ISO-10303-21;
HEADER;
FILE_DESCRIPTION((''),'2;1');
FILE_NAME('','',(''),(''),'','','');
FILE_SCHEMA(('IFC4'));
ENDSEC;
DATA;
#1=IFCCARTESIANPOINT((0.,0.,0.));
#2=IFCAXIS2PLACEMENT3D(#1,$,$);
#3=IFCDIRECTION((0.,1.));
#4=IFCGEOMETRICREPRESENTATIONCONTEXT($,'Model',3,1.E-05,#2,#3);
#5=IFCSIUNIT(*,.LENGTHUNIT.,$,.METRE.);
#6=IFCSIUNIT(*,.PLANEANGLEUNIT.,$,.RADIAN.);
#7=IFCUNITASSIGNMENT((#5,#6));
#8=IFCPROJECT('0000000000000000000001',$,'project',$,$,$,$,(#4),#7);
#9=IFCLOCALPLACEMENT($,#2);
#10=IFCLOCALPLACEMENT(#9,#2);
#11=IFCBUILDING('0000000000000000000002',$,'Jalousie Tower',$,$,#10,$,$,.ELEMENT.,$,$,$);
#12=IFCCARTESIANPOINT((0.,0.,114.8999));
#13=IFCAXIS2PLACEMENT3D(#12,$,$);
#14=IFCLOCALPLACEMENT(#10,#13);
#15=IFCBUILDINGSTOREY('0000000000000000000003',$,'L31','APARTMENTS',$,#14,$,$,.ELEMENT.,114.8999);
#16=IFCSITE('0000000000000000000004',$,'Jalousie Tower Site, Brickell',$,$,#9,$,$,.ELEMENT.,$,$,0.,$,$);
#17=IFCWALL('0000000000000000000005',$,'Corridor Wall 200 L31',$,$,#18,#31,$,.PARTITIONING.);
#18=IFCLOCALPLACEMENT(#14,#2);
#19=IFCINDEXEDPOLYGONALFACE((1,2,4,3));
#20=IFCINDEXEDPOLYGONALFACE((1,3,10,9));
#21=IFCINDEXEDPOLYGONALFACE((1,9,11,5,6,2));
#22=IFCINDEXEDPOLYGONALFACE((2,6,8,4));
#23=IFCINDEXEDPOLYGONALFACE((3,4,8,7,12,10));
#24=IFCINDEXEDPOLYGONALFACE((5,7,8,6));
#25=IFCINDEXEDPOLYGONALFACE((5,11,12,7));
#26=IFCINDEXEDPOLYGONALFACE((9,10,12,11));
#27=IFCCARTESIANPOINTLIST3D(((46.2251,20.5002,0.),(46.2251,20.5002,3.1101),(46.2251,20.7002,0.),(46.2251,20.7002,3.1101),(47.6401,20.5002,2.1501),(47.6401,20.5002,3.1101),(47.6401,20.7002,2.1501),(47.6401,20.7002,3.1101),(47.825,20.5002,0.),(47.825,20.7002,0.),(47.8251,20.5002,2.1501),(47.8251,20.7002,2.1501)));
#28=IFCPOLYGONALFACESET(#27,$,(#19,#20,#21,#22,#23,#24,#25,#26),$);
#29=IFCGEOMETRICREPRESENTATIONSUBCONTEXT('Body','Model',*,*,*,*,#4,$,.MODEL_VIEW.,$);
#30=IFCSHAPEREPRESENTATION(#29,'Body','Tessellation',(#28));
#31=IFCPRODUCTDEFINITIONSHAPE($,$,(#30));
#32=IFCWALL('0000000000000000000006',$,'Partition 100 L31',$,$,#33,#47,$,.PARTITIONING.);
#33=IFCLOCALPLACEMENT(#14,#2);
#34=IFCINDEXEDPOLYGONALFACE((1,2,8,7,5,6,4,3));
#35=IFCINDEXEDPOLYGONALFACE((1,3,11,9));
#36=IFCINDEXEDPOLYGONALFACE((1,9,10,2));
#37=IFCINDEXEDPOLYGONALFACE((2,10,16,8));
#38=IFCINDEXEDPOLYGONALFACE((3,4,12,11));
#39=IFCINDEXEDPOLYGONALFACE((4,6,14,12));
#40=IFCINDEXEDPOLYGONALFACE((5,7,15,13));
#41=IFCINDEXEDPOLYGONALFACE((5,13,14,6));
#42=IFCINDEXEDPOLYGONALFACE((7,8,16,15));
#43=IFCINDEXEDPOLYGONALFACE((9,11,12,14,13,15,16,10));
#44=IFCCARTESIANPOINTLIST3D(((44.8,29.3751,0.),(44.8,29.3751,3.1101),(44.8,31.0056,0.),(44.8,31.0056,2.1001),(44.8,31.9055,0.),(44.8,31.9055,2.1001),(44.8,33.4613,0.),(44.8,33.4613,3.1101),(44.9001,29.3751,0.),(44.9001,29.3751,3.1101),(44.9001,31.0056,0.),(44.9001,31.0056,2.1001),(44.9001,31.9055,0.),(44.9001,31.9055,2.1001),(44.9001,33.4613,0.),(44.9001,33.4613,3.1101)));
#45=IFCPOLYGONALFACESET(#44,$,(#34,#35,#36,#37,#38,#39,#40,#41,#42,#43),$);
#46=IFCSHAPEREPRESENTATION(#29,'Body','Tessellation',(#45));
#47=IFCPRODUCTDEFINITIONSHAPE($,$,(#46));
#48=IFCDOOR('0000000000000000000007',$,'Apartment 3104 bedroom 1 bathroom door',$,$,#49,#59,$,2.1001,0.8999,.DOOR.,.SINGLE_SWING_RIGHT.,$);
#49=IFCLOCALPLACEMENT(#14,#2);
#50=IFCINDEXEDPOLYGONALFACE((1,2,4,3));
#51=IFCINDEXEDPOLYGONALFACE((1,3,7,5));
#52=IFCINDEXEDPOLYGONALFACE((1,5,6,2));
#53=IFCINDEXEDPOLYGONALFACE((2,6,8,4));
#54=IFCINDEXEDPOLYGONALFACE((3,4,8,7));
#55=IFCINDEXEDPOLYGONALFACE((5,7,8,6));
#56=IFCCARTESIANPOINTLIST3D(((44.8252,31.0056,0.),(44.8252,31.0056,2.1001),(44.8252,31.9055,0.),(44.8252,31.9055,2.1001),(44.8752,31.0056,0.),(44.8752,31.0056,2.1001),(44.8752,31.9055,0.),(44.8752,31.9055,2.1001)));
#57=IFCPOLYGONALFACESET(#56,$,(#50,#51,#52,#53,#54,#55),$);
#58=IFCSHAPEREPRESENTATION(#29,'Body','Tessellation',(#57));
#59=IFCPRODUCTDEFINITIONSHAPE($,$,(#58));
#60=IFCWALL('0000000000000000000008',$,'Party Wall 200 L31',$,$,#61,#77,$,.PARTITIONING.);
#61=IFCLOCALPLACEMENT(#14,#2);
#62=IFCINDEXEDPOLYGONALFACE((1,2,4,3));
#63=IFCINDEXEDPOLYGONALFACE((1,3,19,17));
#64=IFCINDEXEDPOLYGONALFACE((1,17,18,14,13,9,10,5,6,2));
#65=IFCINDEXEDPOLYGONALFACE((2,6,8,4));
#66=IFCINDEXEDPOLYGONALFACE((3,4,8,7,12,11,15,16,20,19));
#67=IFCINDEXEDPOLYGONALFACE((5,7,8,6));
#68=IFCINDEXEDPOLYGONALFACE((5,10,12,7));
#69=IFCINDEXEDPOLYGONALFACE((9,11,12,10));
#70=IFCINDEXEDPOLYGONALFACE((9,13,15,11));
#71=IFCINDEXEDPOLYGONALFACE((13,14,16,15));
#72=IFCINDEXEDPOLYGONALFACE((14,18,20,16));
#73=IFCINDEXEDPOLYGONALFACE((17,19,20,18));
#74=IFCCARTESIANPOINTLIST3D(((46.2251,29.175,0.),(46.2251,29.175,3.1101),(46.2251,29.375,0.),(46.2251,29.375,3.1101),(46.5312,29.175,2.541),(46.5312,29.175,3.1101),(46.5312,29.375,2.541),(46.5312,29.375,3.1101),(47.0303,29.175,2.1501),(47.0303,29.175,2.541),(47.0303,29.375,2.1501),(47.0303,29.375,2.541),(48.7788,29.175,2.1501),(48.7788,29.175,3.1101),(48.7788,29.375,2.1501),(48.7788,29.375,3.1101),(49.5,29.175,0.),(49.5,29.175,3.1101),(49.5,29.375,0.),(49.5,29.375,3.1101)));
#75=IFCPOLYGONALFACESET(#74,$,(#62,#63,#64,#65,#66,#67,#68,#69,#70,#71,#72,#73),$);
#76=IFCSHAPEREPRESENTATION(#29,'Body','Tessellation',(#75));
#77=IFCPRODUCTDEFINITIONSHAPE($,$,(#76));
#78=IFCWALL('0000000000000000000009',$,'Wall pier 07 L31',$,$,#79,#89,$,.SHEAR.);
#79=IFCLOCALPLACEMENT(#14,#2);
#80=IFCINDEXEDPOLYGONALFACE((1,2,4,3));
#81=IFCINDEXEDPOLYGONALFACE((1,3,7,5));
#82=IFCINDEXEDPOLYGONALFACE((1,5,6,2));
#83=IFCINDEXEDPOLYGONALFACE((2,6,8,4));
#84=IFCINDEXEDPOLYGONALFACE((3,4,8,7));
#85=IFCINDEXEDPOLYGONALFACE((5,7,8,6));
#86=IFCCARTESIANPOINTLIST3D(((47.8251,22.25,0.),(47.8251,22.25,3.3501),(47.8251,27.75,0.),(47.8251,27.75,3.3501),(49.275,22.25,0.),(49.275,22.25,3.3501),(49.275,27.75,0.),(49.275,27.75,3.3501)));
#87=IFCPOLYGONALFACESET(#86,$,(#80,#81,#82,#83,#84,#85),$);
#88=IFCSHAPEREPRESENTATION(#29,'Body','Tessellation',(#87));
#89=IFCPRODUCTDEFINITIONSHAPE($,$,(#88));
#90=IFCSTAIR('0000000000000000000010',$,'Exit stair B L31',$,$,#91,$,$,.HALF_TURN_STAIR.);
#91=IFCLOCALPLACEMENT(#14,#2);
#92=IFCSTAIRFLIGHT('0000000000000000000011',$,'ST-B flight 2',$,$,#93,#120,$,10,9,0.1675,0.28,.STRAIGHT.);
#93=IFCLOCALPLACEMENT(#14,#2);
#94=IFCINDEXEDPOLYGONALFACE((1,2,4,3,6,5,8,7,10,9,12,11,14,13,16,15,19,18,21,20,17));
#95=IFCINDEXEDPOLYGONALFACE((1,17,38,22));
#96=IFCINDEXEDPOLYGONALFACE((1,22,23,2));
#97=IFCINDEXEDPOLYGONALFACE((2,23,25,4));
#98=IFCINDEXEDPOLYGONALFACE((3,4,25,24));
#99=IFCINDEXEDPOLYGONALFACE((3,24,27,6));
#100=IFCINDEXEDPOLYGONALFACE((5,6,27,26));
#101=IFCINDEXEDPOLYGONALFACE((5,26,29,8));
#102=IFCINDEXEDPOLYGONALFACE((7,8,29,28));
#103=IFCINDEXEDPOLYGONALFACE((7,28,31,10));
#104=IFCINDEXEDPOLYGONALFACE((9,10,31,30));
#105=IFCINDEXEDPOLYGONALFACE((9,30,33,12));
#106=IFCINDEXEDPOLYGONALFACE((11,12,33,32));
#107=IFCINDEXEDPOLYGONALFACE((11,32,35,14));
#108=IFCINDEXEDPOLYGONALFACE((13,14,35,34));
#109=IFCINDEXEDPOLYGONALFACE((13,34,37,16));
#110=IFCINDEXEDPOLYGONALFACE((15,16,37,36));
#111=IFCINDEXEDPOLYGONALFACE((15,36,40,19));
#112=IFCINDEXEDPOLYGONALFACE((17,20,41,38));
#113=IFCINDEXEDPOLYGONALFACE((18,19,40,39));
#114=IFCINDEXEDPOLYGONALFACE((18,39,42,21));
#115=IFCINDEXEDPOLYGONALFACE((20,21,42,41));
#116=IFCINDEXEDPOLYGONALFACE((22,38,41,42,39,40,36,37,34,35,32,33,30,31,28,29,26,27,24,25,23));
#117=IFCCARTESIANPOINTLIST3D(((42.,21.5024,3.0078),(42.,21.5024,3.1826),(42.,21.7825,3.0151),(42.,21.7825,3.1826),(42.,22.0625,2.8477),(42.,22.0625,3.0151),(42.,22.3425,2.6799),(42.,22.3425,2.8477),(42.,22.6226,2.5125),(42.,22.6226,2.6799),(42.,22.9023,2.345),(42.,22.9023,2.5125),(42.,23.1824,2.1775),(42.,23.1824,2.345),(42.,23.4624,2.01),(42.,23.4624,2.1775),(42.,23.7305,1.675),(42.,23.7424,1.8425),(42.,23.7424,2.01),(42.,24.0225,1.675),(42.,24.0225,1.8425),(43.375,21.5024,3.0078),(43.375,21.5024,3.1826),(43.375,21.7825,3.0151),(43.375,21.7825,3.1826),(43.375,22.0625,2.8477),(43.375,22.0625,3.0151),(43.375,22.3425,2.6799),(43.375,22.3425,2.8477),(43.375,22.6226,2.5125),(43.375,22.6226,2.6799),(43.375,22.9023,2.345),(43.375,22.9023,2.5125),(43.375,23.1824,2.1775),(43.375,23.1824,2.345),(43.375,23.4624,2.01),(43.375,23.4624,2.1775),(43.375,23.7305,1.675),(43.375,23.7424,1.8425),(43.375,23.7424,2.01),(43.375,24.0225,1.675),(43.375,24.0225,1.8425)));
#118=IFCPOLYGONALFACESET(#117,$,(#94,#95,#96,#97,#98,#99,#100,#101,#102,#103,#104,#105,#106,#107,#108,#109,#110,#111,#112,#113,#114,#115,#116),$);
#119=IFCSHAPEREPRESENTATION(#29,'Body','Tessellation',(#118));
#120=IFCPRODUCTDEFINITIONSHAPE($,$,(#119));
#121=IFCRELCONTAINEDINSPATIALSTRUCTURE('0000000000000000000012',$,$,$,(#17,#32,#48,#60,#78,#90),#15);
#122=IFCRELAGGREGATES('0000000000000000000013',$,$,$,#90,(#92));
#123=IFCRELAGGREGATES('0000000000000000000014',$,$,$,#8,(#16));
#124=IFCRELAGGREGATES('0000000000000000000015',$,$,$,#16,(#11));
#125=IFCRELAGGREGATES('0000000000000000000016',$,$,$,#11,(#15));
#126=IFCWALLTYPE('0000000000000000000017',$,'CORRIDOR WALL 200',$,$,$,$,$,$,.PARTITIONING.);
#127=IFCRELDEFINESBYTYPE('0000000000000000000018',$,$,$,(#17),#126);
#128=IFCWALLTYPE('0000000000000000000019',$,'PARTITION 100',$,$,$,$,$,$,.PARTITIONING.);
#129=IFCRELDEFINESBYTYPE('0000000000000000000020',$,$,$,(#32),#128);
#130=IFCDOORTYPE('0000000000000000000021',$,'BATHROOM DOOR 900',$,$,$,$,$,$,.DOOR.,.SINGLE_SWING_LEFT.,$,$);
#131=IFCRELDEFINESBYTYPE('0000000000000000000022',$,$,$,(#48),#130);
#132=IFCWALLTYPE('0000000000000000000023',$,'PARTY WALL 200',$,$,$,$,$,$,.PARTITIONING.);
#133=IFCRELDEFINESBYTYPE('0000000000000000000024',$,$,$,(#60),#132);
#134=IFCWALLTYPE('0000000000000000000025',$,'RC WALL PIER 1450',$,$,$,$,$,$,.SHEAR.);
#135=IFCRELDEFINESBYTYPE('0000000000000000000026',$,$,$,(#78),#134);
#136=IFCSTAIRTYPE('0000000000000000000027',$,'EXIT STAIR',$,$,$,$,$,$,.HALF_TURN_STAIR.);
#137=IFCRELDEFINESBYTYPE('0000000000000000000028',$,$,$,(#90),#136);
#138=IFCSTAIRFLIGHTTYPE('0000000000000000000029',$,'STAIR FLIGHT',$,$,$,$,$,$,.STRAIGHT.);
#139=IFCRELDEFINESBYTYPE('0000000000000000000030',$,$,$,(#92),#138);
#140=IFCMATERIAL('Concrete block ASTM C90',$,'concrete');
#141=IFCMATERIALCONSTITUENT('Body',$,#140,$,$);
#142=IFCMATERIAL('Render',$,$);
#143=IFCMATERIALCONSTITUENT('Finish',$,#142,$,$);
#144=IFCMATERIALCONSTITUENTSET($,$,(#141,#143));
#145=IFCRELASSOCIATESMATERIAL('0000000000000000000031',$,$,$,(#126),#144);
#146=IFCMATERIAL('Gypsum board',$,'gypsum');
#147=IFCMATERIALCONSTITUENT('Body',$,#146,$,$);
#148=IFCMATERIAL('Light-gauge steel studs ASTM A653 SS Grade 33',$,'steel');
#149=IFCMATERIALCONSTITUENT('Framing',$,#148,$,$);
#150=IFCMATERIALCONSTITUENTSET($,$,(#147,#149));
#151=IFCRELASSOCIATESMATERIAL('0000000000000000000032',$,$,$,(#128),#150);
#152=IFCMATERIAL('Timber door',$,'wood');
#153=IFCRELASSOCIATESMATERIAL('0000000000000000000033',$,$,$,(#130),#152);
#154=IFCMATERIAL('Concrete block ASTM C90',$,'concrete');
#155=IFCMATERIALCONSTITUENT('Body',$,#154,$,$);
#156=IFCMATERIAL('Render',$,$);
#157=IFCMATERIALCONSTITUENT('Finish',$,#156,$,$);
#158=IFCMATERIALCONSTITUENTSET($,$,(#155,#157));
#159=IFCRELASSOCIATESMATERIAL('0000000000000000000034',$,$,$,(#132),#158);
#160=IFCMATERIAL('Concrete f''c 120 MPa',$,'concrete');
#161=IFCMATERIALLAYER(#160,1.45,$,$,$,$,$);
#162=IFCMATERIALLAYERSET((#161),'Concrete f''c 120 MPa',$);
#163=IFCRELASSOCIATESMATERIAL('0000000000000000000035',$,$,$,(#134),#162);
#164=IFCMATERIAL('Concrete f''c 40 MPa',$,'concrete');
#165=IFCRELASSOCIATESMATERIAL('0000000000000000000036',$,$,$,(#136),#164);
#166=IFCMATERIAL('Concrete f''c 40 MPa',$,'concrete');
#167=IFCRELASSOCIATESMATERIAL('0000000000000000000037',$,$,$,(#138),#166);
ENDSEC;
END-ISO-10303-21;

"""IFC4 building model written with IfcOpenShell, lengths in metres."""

from ifc_helpers import new_model, si_unit, direction, frame, frame_2d, origin, place, context, subcontext, project, spatial, polyline, rectangle, outline, extrude, material, layer, layer_set, constituent, constituent_set, type_object, element, fill, aggregate, save


model = new_model("IFC4")

# Units and contexts
model_context = context("Model", 3, precision=1e-05, world=origin(), true_north=direction((0.0, 1.0)))
body_context = subcontext(model_context, "Body", "Model", "MODEL_VIEW")
ifc_project = project(units=[si_unit("LENGTHUNIT", "METRE"), si_unit("PLANEANGLEUNIT", "RADIAN")], contexts=[model_context])

# Site, building, storey
site_placement = place(None, origin())
site = spatial("IfcSite", under=ifc_project, at=site_placement, Name="Jalousie Tower Site, Brickell", CompositionType="ELEMENT", RefElevation=0.0)
building_placement = place(site_placement, origin())
building = spatial("IfcBuilding", under=site, at=building_placement, Name="Jalousie Tower", CompositionType="ELEMENT")
storey_placement = place(building_placement, frame((0.0, 0.0, 114.8999)))
storey = spatial("IfcBuildingStorey", under=building, at=storey_placement, Name="L31", Description="APARTMENTS", CompositionType="ELEMENT", Elevation=114.8999)

# Shared definitions
ifc_material_1 = material(Name="Concrete block ASTM C90", Category="concrete")
ifc_constituent_1 = constituent(ifc_material_1, Name="Body")
ifc_material_2 = material(Name="Render")
ifc_constituent_2 = constituent(ifc_material_2, Name="Finish")
ifc_constituent_set_1 = constituent_set(constituents=[ifc_constituent_1, ifc_constituent_2])
wall_type_1 = type_object("IfcWallType", Name="CORRIDOR WALL 200", PredefinedType="PARTITIONING", material=ifc_constituent_set_1)

# Wall
wall_1_placement = place(storey_placement, frame((46.2251, 20.6001, 0.0), z_axis=(0.0, 0.0, 1.0), x_axis=(1.0, 0.0, 0.0)))
element("IfcWall", 1, at=wall_1_placement, inside=storey, type_object=wall_type_1, Name="Corridor Wall 200 L31", PredefinedType="PARTITIONING", context=body_context, shape_type="SweptSolid", body=[
    extrude(outline(polyline([(0.0, 0.0), (1.5999, 0.0), (1.6001, 3.1101), (1.6001, 2.1501), (1.415, 2.1501), (1.415, 3.1101), (0.0, 3.1101), (0.0, 0.0)])), frame((0.0, 0.1001, 0.0), z_axis=(0.0, -1.0, 0.0), x_axis=(1.0, 0.0, 0.0)), (0.0, 0.0, 1.0), 0.2),
])

# Wall, opening, door
ifc_material_3 = material(Name="Gypsum board", Category="gypsum")
ifc_constituent_3 = constituent(ifc_material_3, Name="Body")
ifc_material_4 = material(Name="Light-gauge steel studs ASTM A653 SS Grade 33", Category="steel")
ifc_constituent_4 = constituent(ifc_material_4, Name="Framing")
ifc_constituent_set_2 = constituent_set(constituents=[ifc_constituent_3, ifc_constituent_4])
wall_type_2 = type_object("IfcWallType", Name="PARTITION 100", PredefinedType="PARTITIONING", material=ifc_constituent_set_2)
wall_2_placement = place(storey_placement, frame((44.8501, 33.4612, 0.0), z_axis=(0.0, 0.0, 1.0), x_axis=(0.0, -1.0, 0.0)))
wall_2 = element("IfcWall", 2, at=wall_2_placement, inside=storey, type_object=wall_type_2, Name="Partition 100 L31", PredefinedType="PARTITIONING", context=body_context, shape_type="SweptSolid", body=[
    extrude(rectangle(XDim=4.0862, YDim=0.1001, at=frame_2d((2.043, 0.0))), origin(), (0.0, 0.0, 1.0), 3.1101),
])
opening_1_placement = place(wall_2_placement, frame((1.5557, 0.0, 0.0)))
opening_1 = element("IfcOpeningElement", 3, at=opening_1_placement, cuts=wall_2, PredefinedType="OPENING", context=body_context, shape_type="SweptSolid", body=[
    extrude(rectangle(XDim=0.8999, YDim=2.1001, at=frame_2d((0.45, 1.05))), frame((0.0, 0.0601, 0.0), z_axis=(0.0, -1.0, 0.0), x_axis=(1.0, 0.0, 0.0)), (0.0, 0.0, 1.0), 0.1201),
])
ifc_material_5 = material(Name="Timber door", Category="wood")
door_type_1 = type_object("IfcDoorType", Name="BATHROOM DOOR 900", OperationType="SINGLE_SWING_LEFT", PredefinedType="DOOR", material=ifc_material_5)
door_1_placement = place(opening_1_placement, frame((0.8999, 0.0, 0.0), z_axis=(0.0, 0.0, 1.0), x_axis=(-1.0, 0.0, 0.0)))
door_1 = element("IfcDoor", 4, at=door_1_placement, inside=storey, type_object=door_type_1, Name="Apartment 3104 bedroom 1 bathroom door", OperationType="SINGLE_SWING_RIGHT", OverallHeight=2.1001, OverallWidth=0.8999, PredefinedType="DOOR", context=body_context, shape_type="SweptSolid", body=[
    extrude(rectangle(XDim=0.8999, YDim=2.1001, at=frame_2d((0.45, 1.05))), frame((0.0, 0.0249, 0.0), z_axis=(0.0, -1.0, 0.0), x_axis=(1.0, 0.0, 0.0)), (0.0, 0.0, 1.0), 0.05),
])
fill(opening_1, door_1)

# Walls
ifc_material_6 = material(Name="Concrete block ASTM C90", Category="concrete")
ifc_constituent_5 = constituent(ifc_material_6, Name="Body")
ifc_material_7 = material(Name="Render")
ifc_constituent_6 = constituent(ifc_material_7, Name="Finish")
ifc_constituent_set_3 = constituent_set(constituents=[ifc_constituent_5, ifc_constituent_6])
wall_type_3 = type_object("IfcWallType", Name="PARTY WALL 200", PredefinedType="PARTITIONING", material=ifc_constituent_set_3)
wall_3_placement = place(storey_placement, frame((46.2251, 29.2749, 0.0), z_axis=(0.0, 0.0, 1.0), x_axis=(1.0, 0.0, 0.0)))
element("IfcWall", 5, at=wall_3_placement, inside=storey, type_object=wall_type_3, Name="Party Wall 200 L31", PredefinedType="PARTITIONING", context=body_context, shape_type="SweptSolid", body=[
    extrude(outline(polyline([(0.0, 0.0), (3.2749, 0.0), (3.2749, 3.1101), (2.5537, 3.1101), (2.5537, 2.1501), (0.8052, 2.1501), (0.8052, 2.541), (0.3062, 2.541), (0.3062, 3.1101), (0.0, 3.1101), (0.0, 0.0)])), frame((0.0, 0.1001, 0.0), z_axis=(0.0, -1.0, 0.0), x_axis=(1.0, 0.0, 0.0)), (0.0, 0.0, 1.0), 0.2),
])
ifc_material_8 = material(Name="Concrete f'c 120 MPa", Category="concrete")
ifc_layer_1 = layer(ifc_material_8, 1.45)
ifc_layer_set_1 = layer_set([ifc_layer_1], Name="Concrete f'c 120 MPa")
wall_type_4 = type_object("IfcWallType", Name="RC WALL PIER 1450", PredefinedType="SHEAR", material=ifc_layer_set_1)
wall_4_placement = place(storey_placement, frame((48.55, 22.25, 0.0), z_axis=(0.0, 0.0, 1.0), x_axis=(0.0, 1.0, 0.0)))
element("IfcWall", 6, at=wall_4_placement, inside=storey, type_object=wall_type_4, Name="Wall pier 07 L31", PredefinedType="SHEAR", context=body_context, shape_type="SweptSolid", body=[
    extrude(rectangle(XDim=5.5, YDim=1.45, at=frame_2d((2.75, 0.0))), origin(), (0.0, 0.0, 1.0), 3.3501),
])

# Stair, stair flight
ifc_material_9 = material(Name="Concrete f'c 40 MPa", Category="concrete")
stair_type = type_object("IfcStairType", Name="EXIT STAIR", PredefinedType="HALF_TURN_STAIR", material=ifc_material_9)
stair_placement = place(storey_placement, origin())
stair = element("IfcStair", 7, at=stair_placement, inside=storey, type_object=stair_type, Name="Exit stair B L31", PredefinedType="HALF_TURN_STAIR")
ifc_material_10 = material(Name="Concrete f'c 40 MPa", Category="concrete")
stair_flight_type = type_object("IfcStairFlightType", Name="STAIR FLIGHT", PredefinedType="STRAIGHT", material=ifc_material_10)
stair_flight_placement = place(storey_placement, frame((42.6875, 24.0225, 1.675), z_axis=(0.0, 0.0, 1.0), x_axis=(0.0, -1.0, 0.0)))
stair_flight = element("IfcStairFlight", 8, at=stair_flight_placement, type_object=stair_flight_type, Name="ST-B flight 2", NumberOfRisers=10, NumberOfTreads=9, PredefinedType="STRAIGHT", RiserHeight=0.1675, TreadLength=0.28, context=body_context, shape_type="SweptSolid", body=[
    extrude(outline(polyline([(0.0, 0.0), (0.0, 0.1675), (0.28, 0.1675), (0.28, 0.335), (0.5601, 0.335), (0.5601, 0.5024), (0.8401, 0.5024), (0.8401, 0.6699), (1.1201, 0.6699), (1.1201, 0.8374), (1.3999, 0.8374), (1.3999, 1.0049), (1.6799, 1.0049), (1.6799, 1.1726), (1.96, 1.1726), (1.96, 1.3401), (2.24, 1.3401), (2.24, 1.5076), (2.52, 1.5076), (2.52, 1.675), (2.52, 1.3328), (0.292, 0.0), (0.0, 0.0)])), frame((0.0, 0.6875, 0.0), z_axis=(0.0, -1.0, 0.0), x_axis=(1.0, 0.0, 0.0)), (0.0, 0.0, 1.0), 1.375),
])
aggregate(stair, [stair_flight])

save(model, "model.ifc")
